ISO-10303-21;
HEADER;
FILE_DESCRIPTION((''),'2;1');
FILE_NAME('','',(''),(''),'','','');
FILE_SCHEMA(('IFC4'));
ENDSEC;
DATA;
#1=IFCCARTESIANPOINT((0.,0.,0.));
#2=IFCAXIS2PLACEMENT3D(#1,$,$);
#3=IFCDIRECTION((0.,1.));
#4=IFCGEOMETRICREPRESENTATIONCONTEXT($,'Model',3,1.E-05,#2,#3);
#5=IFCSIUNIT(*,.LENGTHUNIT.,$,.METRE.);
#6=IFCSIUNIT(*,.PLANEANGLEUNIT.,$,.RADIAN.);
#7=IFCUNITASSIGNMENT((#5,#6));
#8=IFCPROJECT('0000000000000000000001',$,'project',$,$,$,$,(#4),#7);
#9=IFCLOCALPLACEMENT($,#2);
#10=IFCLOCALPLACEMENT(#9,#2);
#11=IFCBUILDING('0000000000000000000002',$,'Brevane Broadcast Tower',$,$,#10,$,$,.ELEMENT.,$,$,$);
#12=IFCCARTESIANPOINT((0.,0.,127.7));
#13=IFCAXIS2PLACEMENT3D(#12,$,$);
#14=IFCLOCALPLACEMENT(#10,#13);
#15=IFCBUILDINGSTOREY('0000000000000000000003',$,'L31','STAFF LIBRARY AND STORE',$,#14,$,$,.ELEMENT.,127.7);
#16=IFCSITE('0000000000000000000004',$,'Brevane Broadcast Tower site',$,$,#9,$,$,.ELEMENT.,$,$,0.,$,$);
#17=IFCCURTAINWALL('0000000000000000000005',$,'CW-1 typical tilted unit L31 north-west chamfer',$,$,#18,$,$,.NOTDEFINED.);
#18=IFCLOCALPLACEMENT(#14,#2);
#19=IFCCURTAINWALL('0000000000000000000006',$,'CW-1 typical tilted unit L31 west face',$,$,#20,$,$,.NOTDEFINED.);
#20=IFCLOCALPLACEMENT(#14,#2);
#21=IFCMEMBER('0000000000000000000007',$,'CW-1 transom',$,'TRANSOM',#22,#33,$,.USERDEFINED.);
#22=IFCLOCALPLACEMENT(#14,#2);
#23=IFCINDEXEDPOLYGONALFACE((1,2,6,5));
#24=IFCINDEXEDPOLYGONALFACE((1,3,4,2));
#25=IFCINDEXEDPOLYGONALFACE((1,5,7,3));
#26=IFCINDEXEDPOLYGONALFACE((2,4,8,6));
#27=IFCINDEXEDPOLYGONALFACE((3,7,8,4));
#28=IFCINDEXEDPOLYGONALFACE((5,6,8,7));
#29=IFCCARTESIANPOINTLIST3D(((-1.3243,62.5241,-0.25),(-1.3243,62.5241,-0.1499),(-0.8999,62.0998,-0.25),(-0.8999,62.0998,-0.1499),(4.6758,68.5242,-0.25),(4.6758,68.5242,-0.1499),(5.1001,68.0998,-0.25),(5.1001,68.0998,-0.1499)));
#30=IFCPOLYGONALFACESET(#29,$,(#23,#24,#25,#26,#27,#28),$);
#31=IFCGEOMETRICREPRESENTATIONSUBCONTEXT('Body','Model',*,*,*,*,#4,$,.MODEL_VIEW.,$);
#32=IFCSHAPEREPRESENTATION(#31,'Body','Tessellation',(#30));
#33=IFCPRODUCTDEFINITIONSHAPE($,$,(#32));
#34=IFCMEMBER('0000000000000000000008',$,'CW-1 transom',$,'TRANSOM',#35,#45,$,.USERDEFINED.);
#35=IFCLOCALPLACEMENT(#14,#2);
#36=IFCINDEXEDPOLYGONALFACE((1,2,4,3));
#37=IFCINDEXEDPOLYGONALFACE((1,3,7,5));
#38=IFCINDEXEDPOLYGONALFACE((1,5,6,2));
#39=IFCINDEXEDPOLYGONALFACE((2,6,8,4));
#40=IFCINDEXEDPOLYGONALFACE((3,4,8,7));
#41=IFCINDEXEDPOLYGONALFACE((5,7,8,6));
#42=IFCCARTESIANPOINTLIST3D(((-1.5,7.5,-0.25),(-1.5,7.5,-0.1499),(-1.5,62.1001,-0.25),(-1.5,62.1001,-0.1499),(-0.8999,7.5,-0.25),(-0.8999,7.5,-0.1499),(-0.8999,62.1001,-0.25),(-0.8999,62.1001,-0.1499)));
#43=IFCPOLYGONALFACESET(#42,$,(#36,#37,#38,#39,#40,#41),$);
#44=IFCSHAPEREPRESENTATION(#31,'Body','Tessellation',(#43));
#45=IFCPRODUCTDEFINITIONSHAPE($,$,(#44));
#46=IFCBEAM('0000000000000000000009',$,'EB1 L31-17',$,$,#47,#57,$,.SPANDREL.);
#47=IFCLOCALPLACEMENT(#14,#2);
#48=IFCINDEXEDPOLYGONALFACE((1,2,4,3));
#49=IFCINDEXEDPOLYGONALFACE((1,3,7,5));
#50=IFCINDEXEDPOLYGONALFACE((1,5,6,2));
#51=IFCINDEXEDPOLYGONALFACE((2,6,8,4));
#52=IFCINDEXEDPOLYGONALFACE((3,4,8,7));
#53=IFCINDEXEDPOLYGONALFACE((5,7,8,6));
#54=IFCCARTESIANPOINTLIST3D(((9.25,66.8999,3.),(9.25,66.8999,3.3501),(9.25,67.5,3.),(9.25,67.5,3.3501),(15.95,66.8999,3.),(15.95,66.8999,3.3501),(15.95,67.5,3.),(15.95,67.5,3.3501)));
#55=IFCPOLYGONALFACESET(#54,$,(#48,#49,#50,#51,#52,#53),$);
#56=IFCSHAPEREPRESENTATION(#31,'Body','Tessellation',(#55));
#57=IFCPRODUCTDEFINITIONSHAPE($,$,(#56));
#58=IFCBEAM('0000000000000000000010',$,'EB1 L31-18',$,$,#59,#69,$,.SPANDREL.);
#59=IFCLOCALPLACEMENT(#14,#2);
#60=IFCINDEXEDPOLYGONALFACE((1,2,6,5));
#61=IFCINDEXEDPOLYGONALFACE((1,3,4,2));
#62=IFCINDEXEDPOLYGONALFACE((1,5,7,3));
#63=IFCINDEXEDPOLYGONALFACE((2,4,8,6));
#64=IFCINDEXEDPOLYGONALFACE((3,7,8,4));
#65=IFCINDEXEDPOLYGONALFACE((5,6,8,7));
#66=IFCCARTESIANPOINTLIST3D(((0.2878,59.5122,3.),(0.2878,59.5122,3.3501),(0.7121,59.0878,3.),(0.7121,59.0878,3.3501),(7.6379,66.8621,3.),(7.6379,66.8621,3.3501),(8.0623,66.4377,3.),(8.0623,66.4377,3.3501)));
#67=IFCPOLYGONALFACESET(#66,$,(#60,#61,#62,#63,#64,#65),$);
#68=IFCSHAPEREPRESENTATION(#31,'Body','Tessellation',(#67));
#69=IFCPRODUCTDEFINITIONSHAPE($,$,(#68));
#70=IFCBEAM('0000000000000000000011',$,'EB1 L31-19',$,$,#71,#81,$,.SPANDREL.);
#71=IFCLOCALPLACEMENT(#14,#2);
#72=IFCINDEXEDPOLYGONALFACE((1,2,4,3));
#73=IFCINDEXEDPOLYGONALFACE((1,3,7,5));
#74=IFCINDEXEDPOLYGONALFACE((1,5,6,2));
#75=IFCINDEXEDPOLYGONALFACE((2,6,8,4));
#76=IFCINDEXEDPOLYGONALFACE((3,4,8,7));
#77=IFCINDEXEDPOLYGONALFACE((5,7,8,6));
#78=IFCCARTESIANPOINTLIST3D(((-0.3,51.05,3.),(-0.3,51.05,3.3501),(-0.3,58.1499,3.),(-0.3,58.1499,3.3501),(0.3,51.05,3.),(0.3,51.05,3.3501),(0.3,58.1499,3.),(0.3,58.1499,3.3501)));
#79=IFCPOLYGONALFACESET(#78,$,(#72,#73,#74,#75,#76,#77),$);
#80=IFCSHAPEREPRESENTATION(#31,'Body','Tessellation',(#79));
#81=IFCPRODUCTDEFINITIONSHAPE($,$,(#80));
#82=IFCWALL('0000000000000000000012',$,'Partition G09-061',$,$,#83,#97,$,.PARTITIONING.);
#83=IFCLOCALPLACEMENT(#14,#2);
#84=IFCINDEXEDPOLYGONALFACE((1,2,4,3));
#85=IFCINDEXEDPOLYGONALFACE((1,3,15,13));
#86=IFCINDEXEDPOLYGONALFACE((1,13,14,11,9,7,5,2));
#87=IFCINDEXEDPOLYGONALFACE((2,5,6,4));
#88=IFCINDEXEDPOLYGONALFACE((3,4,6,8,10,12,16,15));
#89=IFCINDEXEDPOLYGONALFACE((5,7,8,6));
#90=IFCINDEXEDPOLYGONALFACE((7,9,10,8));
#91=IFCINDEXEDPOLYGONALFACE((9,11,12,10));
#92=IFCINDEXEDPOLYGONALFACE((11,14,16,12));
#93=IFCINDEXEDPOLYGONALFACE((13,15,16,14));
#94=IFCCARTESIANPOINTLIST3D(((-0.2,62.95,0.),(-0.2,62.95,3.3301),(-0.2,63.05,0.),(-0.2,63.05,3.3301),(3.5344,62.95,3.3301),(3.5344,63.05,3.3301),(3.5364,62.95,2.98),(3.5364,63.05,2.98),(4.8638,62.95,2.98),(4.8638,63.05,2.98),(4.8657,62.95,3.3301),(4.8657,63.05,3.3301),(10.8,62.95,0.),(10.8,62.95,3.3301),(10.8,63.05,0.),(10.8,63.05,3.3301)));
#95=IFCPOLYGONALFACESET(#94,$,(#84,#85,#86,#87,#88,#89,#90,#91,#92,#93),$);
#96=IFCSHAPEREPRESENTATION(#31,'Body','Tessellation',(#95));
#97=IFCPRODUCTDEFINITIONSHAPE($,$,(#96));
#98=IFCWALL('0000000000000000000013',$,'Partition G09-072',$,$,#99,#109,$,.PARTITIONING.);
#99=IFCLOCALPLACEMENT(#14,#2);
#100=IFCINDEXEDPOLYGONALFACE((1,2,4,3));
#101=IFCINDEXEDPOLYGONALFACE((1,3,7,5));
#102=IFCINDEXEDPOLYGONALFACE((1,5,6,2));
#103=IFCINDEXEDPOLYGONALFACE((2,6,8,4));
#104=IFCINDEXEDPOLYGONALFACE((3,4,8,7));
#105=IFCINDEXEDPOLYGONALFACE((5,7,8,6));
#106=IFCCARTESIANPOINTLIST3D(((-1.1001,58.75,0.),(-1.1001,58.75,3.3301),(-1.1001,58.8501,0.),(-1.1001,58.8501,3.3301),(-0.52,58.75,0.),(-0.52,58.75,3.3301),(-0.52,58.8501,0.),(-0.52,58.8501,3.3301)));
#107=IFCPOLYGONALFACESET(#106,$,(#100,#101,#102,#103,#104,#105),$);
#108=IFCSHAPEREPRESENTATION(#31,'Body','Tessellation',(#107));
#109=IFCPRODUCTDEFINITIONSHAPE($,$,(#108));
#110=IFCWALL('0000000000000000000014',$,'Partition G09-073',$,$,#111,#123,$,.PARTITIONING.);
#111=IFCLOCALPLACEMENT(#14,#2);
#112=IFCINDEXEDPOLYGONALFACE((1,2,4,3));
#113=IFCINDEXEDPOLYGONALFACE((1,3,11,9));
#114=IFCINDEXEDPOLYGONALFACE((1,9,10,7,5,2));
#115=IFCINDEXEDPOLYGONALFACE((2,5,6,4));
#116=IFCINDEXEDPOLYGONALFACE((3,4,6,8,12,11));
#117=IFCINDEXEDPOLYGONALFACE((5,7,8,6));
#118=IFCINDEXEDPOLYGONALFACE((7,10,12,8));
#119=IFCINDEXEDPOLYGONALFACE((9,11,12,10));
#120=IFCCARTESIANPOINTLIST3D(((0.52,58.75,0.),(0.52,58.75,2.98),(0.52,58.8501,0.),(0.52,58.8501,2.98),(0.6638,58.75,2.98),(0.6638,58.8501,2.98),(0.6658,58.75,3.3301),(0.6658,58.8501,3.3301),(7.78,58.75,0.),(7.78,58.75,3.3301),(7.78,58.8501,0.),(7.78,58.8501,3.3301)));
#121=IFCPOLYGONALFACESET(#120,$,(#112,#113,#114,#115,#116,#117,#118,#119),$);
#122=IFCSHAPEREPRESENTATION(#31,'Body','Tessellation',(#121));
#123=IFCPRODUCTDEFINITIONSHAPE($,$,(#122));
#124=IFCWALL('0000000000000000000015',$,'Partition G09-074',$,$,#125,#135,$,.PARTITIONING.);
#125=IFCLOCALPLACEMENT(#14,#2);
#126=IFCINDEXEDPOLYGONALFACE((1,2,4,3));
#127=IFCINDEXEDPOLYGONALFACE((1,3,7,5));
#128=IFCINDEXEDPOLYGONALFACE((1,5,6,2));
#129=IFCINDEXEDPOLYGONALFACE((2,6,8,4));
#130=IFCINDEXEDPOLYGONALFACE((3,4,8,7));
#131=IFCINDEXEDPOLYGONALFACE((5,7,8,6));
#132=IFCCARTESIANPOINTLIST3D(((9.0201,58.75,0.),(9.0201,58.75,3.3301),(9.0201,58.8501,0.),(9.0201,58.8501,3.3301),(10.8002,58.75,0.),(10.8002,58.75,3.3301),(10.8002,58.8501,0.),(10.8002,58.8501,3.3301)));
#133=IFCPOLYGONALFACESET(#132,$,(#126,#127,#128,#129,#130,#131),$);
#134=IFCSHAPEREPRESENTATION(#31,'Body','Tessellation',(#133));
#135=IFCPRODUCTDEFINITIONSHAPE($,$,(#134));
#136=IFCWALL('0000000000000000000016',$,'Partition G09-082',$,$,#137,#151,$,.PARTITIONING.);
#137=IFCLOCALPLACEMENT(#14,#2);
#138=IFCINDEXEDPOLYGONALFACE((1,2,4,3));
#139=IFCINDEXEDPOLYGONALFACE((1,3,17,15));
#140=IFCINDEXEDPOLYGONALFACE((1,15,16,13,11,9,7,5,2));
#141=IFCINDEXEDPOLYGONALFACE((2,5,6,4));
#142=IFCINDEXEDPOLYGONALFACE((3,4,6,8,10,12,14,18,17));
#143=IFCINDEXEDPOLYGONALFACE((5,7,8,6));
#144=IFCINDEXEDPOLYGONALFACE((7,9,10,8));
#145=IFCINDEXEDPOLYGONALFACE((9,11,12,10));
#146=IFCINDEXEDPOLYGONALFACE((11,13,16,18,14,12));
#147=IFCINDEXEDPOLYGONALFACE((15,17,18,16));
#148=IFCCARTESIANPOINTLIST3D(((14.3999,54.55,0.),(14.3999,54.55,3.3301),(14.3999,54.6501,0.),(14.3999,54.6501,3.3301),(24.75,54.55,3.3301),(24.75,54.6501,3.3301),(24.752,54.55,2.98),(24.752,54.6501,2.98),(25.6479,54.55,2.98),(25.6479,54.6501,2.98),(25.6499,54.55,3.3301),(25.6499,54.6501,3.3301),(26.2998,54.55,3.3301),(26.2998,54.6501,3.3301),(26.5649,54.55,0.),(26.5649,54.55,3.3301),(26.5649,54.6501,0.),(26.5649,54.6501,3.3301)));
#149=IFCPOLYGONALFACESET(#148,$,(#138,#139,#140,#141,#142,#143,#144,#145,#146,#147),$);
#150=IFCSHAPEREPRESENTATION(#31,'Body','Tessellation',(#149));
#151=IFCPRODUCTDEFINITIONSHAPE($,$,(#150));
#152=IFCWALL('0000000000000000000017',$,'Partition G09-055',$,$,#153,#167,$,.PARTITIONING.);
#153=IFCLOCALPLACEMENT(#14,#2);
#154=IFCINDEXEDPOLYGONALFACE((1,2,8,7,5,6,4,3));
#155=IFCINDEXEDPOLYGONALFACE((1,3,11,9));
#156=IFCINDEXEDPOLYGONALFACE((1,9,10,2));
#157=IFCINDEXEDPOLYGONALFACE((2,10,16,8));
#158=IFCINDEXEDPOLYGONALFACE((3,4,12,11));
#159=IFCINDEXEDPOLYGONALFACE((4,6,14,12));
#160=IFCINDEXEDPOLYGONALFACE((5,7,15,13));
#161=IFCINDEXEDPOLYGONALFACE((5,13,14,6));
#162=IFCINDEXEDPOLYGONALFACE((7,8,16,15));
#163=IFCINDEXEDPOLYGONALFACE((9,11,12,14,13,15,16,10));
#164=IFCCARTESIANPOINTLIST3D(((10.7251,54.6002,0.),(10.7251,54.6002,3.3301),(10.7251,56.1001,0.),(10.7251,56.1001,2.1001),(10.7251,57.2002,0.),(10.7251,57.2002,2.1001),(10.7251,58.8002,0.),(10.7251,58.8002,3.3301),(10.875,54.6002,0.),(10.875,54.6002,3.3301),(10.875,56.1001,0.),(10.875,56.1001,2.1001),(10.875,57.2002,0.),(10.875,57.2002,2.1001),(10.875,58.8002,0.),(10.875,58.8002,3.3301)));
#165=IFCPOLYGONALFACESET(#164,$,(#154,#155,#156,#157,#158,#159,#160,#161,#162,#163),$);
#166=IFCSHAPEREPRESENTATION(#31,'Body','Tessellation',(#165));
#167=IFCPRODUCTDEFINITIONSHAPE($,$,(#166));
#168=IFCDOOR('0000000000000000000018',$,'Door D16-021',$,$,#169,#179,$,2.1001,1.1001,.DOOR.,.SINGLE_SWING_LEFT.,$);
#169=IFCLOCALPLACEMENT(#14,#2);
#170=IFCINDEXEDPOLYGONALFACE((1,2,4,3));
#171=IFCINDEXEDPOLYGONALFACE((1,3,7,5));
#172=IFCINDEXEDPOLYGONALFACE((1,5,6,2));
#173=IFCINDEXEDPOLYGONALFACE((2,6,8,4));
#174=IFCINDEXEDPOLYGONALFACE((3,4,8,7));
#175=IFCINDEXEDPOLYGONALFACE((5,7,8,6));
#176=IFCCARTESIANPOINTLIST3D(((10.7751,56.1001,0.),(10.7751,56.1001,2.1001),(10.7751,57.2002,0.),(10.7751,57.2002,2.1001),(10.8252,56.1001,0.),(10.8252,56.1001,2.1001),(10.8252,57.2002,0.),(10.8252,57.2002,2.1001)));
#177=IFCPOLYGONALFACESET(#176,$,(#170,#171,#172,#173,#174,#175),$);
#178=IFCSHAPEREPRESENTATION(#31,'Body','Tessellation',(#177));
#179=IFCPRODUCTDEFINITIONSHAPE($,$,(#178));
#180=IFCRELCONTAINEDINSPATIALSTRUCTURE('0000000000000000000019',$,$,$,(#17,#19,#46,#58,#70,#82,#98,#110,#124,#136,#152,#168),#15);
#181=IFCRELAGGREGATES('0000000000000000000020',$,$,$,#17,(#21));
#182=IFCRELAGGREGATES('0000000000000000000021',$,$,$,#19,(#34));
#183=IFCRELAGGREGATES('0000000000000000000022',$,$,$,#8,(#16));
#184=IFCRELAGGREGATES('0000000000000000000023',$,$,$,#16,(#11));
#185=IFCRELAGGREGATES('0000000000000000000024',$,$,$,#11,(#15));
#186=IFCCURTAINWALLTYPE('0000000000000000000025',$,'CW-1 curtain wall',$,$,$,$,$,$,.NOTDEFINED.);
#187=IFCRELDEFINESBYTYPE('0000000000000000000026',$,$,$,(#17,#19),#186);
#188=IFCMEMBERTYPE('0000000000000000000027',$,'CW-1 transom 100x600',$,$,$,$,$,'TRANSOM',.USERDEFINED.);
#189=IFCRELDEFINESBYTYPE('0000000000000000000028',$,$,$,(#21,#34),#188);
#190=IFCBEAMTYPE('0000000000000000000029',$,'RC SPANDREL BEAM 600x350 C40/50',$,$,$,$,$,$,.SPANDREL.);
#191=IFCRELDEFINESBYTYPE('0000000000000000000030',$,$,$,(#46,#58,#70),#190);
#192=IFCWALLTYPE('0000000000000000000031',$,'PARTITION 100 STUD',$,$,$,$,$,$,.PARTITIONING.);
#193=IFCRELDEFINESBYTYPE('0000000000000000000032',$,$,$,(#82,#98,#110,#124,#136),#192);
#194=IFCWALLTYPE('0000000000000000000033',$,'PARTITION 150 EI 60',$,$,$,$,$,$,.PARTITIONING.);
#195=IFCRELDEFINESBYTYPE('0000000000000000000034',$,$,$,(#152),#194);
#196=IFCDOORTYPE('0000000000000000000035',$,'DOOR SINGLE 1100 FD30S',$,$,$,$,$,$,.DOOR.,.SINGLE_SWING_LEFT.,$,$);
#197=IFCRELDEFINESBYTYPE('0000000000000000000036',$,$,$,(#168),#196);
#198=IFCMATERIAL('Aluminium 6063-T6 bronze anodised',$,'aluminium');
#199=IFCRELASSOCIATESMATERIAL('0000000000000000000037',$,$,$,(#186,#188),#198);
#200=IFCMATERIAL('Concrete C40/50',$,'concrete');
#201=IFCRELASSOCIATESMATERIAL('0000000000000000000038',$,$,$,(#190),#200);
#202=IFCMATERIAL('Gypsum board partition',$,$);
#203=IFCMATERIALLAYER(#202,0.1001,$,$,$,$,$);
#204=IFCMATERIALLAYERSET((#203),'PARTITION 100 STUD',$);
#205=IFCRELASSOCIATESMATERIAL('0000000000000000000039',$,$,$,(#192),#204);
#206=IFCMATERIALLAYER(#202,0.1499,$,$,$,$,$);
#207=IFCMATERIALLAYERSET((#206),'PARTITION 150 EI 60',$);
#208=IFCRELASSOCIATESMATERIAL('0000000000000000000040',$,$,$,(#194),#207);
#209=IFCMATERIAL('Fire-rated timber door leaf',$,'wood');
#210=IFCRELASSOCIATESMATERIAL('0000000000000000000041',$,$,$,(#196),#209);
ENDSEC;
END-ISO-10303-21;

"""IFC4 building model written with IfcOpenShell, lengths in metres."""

from ifc_helpers import new_model, si_unit, direction, frame, frame_2d, origin, origin_2d, place, context, subcontext, project, spatial, polyline, rectangle, outline, extrude, material, layer, layer_set, material_profile, profile_set, type_object, element, fill, aggregate, save


model = new_model("IFC4")

# Units and contexts
model_context = context("Model", 3, precision=1e-05, world=origin(), true_north=direction((0.0, 1.0)))
body_context = subcontext(model_context, "Body", "Model", "MODEL_VIEW")
ifc_project = project(units=[si_unit("LENGTHUNIT", "METRE"), si_unit("PLANEANGLEUNIT", "RADIAN")], contexts=[model_context])

# Site, building, storey
site_placement = place(None, origin())
site = spatial("IfcSite", under=ifc_project, at=site_placement, Name="Brevane Broadcast Tower site", CompositionType="ELEMENT", RefElevation=0.0)
building_placement = place(site_placement, origin())
building = spatial("IfcBuilding", under=site, at=building_placement, Name="Brevane Broadcast Tower", CompositionType="ELEMENT")
storey_placement = place(building_placement, frame((0.0, 0.0, 127.7)))
storey = spatial("IfcBuildingStorey", under=building, at=storey_placement, Name="L31", Description="STAFF LIBRARY AND STORE", CompositionType="ELEMENT", Elevation=127.7)

# Curtain walls
ifc_material_1 = material(Name="Aluminium 6063-T6 bronze anodised", Category="aluminium")
curtain_wall_type = type_object("IfcCurtainWallType", Name="CW-1 curtain wall", PredefinedType="NOTDEFINED", material=ifc_material_1)
curtain_wall_1_placement = place(storey_placement, origin())
curtain_wall_1 = element("IfcCurtainWall", 1, at=curtain_wall_1_placement, inside=storey, type_object=curtain_wall_type, Name="CW-1 typical tilted unit L31 north-west chamfer", PredefinedType="NOTDEFINED")
curtain_wall_2_placement = place(storey_placement, origin())
curtain_wall_2 = element("IfcCurtainWall", 2, at=curtain_wall_2_placement, inside=storey, type_object=curtain_wall_type, Name="CW-1 typical tilted unit L31 west face", PredefinedType="NOTDEFINED")

# Members
ifc_material_profile_1 = material_profile(ifc_material_1, rectangle(XDim=0.6001, YDim=0.1001, at=origin_2d()), Name="RECT 100x600")
ifc_profile_set_1 = profile_set([ifc_material_profile_1], Name="Aluminium 6063-T6 bronze anodised")
member_type_1 = type_object("IfcMemberType", Name="CW-1 transom 100x600", ElementType="TRANSOM", PredefinedType="USERDEFINED", material=ifc_profile_set_1)
member_1_placement = place(storey_placement, frame((4.8879, 68.312, -0.2), z_axis=(-0.707107, -0.707107, 0.0), x_axis=(0.707107, -0.707107, 0.0)))
member_1 = element("IfcMember", 3, at=member_1_placement, type_object=member_type_1, Name="CW-1 transom", ObjectType="TRANSOM", PredefinedType="USERDEFINED", context=body_context, shape_type="SweptSolid", body=[
    extrude(rectangle(XDim=0.6001, YDim=0.1001, at=origin_2d()), origin(), (0.0, 0.0, 1.0), 8.4854),
])
aggregate(curtain_wall_1, [member_1])
member_2_placement = place(storey_placement, frame((-1.2, 62.1001, -0.2), z_axis=(0.0, -1.0, 0.0), x_axis=(1.0, 0.0, 0.0)))
member_2 = element("IfcMember", 4, at=member_2_placement, type_object=member_type_1, Name="CW-1 transom", ObjectType="TRANSOM", PredefinedType="USERDEFINED", context=body_context, shape_type="SweptSolid", body=[
    extrude(rectangle(XDim=0.6001, YDim=0.1001, at=origin_2d()), origin(), (0.0, 0.0, 1.0), 54.6001),
])
aggregate(curtain_wall_2, [member_2])

# Beams
ifc_material_2 = material(Name="Concrete C40/50", Category="concrete")
ifc_material_profile_2 = material_profile(ifc_material_2, rectangle(XDim=0.6001, YDim=0.3501, at=origin_2d()), Name="RC 600x350")
ifc_profile_set_2 = profile_set([ifc_material_profile_2], Name="Concrete C40/50")
beam_type = type_object("IfcBeamType", Name="RC SPANDREL BEAM 600x350 C40/50", PredefinedType="SPANDREL", material=ifc_profile_set_2)
beam_1_placement = place(storey_placement, frame((15.95, 67.2, 3.175), z_axis=(-1.0, 0.0, 0.0), x_axis=(0.0, -1.0, 0.0)))
element("IfcBeam", 5, at=beam_1_placement, inside=storey, type_object=beam_type, Name="EB1 L31-17", PredefinedType="SPANDREL", context=body_context, shape_type="SweptSolid", body=[
    extrude(rectangle(XDim=0.6001, YDim=0.3501, at=origin_2d()), origin(), (0.0, 0.0, 1.0), 6.7),
])
beam_2_placement = place(storey_placement, frame((7.8501, 66.6499, 3.175), z_axis=(-0.707119, -0.707095, 0.0), x_axis=(0.707095, -0.707119, 0.0)))
element("IfcBeam", 6, at=beam_2_placement, inside=storey, type_object=beam_type, Name="EB1 L31-18", PredefinedType="SPANDREL", context=body_context, shape_type="SweptSolid", body=[
    extrude(rectangle(XDim=0.6001, YDim=0.3501, at=origin_2d()), origin(), (0.0, 0.0, 1.0), 10.3945),
])
beam_3_placement = place(storey_placement, frame((0.0, 58.1499, 3.175), z_axis=(0.0, -1.0, 0.0), x_axis=(1.0, 0.0, 0.0)))
element("IfcBeam", 7, at=beam_3_placement, inside=storey, type_object=beam_type, Name="EB1 L31-19", PredefinedType="SPANDREL", context=body_context, shape_type="SweptSolid", body=[
    extrude(rectangle(XDim=0.6001, YDim=0.3501, at=origin_2d()), origin(), (0.0, 0.0, 1.0), 7.0999),
])

# Walls
ifc_material_3 = material(Name="Gypsum board partition")
ifc_layer_1 = layer(ifc_material_3, 0.1001)
ifc_layer_set_1 = layer_set([ifc_layer_1], Name="PARTITION 100 STUD")
wall_type_1 = type_object("IfcWallType", Name="PARTITION 100 STUD", PredefinedType="PARTITIONING", material=ifc_layer_set_1)
wall_1_placement = place(storey_placement, frame((10.8, 63.0, 0.0), z_axis=(0.0, 0.0, 1.0), x_axis=(-1.0, 0.0, 0.0)))
element("IfcWall", 8, at=wall_1_placement, inside=storey, type_object=wall_type_1, Name="Partition G09-061", PredefinedType="PARTITIONING", context=body_context, shape_type="SweptSolid", body=[
    extrude(outline(polyline([(0.0, 0.0), (11.0, 0.0), (11.0, 3.3301), (7.2656, 3.3301), (7.2637, 2.98), (5.9363, 2.98), (5.9343, 3.3301), (0.0, 3.3301), (0.0, 0.0)])), frame((0.0, 0.05, 0.0), z_axis=(0.0, -1.0, 0.0), x_axis=(1.0, 0.0, 0.0)), (0.0, 0.0, 1.0), 0.1001),
])
wall_2_placement = place(storey_placement, frame((-1.1001, 58.8, 0.0), z_axis=(0.0, 0.0, 1.0), x_axis=(1.0, 0.0, 0.0)))
element("IfcWall", 9, at=wall_2_placement, inside=storey, type_object=wall_type_1, Name="Partition G09-072", PredefinedType="PARTITIONING", context=body_context, shape_type="SweptSolid", body=[
    extrude(rectangle(XDim=0.5801, YDim=0.1001, at=frame_2d((0.29, 0.0))), origin(), (0.0, 0.0, 1.0), 3.3301),
])
wall_3_placement = place(storey_placement, frame((0.52, 58.8, 0.0), z_axis=(0.0, 0.0, 1.0), x_axis=(1.0, 0.0, 0.0)))
element("IfcWall", 10, at=wall_3_placement, inside=storey, type_object=wall_type_1, Name="Partition G09-073", PredefinedType="PARTITIONING", context=body_context, shape_type="SweptSolid", body=[
    extrude(outline(polyline([(0.0, 0.0), (7.26, 0.0), (7.26, 3.3301), (0.1458, 3.3301), (0.1438, 2.98), (0.0, 2.98), (0.0, 0.0)])), frame((0.0, 0.05, 0.0), z_axis=(0.0, -1.0, 0.0), x_axis=(1.0, 0.0, 0.0)), (0.0, 0.0, 1.0), 0.1001),
])
wall_4_placement = place(storey_placement, frame((9.02, 58.8, 0.0), z_axis=(0.0, 0.0, 1.0), x_axis=(1.0, 0.0, 0.0)))
element("IfcWall", 11, at=wall_4_placement, inside=storey, type_object=wall_type_1, Name="Partition G09-074", PredefinedType="PARTITIONING", context=body_context, shape_type="SweptSolid", body=[
    extrude(rectangle(XDim=1.78, YDim=0.1001, at=frame_2d((0.8901, 0.0))), origin(), (0.0, 0.0, 1.0), 3.3301),
])
wall_5_placement = place(storey_placement, frame((14.3999, 54.6001, 0.0), z_axis=(0.0, 0.0, 1.0), x_axis=(1.0, 0.0, 0.0)))
element("IfcWall", 12, at=wall_5_placement, inside=storey, type_object=wall_type_1, Name="Partition G09-082", PredefinedType="PARTITIONING", context=body_context, shape_type="SweptSolid", body=[
    extrude(outline(polyline([(0.0, 0.0), (12.165, 0.0), (12.165, 3.3301), (11.8999, 3.3301), (11.25, 3.3301), (11.248, 2.98), (10.3521, 2.98), (10.3501, 3.3301), (0.0, 3.3301), (0.0, 0.0)])), frame((0.0, 0.05, 0.0), z_axis=(0.0, -1.0, 0.0), x_axis=(1.0, 0.0, 0.0)), (0.0, 0.0, 1.0), 0.1001),
])

# Wall, opening, door
ifc_layer_2 = layer(ifc_material_3, 0.1499)
ifc_layer_set_2 = layer_set([ifc_layer_2], Name="PARTITION 150 EI 60")
wall_type_2 = type_object("IfcWallType", Name="PARTITION 150 EI 60", PredefinedType="PARTITIONING", material=ifc_layer_set_2)
ifc_material_4 = material(Name="Fire-rated timber door leaf", Category="wood")
wall_6_placement = place(storey_placement, frame((10.8, 54.6001, 0.0), z_axis=(0.0, 0.0, 1.0), x_axis=(0.0, 1.0, 0.0)))
wall_6 = element("IfcWall", 13, at=wall_6_placement, inside=storey, type_object=wall_type_2, Name="Partition G09-055", PredefinedType="PARTITIONING", context=body_context, shape_type="SweptSolid", body=[
    extrude(rectangle(XDim=4.2, YDim=0.1499, at=frame_2d((2.1001, 0.0))), origin(), (0.0, 0.0, 1.0), 3.3301),
])
opening_1_placement = place(wall_6_placement, frame((1.5, 0.0, 0.0)))
opening_1 = element("IfcOpeningElement", 14, at=opening_1_placement, cuts=wall_6, PredefinedType="OPENING", context=body_context, shape_type="SweptSolid", body=[
    extrude(rectangle(XDim=1.1001, YDim=2.1001, at=frame_2d((0.55, 1.05))), frame((0.0, 0.085, 0.0), z_axis=(0.0, -1.0, 0.0), x_axis=(1.0, 0.0, 0.0)), (0.0, 0.0, 1.0), 0.1699),
])
door_type_1 = type_object("IfcDoorType", Name="DOOR SINGLE 1100 FD30S", OperationType="SINGLE_SWING_LEFT", PredefinedType="DOOR", material=ifc_material_4)
door_1_placement = place(opening_1_placement, origin())
door_1 = element("IfcDoor", 15, at=door_1_placement, inside=storey, type_object=door_type_1, Name="Door D16-021", OperationType="SINGLE_SWING_LEFT", OverallHeight=2.1001, OverallWidth=1.1001, PredefinedType="DOOR", context=body_context, shape_type="SweptSolid", body=[
    extrude(rectangle(XDim=1.1001, YDim=2.1001, at=frame_2d((0.55, 1.05))), frame((0.0, 0.0249, 0.0), z_axis=(0.0, -1.0, 0.0), x_axis=(1.0, 0.0, 0.0)), (0.0, 0.0, 1.0), 0.05),
])
fill(opening_1, door_1)

save(model, "model.ifc")
